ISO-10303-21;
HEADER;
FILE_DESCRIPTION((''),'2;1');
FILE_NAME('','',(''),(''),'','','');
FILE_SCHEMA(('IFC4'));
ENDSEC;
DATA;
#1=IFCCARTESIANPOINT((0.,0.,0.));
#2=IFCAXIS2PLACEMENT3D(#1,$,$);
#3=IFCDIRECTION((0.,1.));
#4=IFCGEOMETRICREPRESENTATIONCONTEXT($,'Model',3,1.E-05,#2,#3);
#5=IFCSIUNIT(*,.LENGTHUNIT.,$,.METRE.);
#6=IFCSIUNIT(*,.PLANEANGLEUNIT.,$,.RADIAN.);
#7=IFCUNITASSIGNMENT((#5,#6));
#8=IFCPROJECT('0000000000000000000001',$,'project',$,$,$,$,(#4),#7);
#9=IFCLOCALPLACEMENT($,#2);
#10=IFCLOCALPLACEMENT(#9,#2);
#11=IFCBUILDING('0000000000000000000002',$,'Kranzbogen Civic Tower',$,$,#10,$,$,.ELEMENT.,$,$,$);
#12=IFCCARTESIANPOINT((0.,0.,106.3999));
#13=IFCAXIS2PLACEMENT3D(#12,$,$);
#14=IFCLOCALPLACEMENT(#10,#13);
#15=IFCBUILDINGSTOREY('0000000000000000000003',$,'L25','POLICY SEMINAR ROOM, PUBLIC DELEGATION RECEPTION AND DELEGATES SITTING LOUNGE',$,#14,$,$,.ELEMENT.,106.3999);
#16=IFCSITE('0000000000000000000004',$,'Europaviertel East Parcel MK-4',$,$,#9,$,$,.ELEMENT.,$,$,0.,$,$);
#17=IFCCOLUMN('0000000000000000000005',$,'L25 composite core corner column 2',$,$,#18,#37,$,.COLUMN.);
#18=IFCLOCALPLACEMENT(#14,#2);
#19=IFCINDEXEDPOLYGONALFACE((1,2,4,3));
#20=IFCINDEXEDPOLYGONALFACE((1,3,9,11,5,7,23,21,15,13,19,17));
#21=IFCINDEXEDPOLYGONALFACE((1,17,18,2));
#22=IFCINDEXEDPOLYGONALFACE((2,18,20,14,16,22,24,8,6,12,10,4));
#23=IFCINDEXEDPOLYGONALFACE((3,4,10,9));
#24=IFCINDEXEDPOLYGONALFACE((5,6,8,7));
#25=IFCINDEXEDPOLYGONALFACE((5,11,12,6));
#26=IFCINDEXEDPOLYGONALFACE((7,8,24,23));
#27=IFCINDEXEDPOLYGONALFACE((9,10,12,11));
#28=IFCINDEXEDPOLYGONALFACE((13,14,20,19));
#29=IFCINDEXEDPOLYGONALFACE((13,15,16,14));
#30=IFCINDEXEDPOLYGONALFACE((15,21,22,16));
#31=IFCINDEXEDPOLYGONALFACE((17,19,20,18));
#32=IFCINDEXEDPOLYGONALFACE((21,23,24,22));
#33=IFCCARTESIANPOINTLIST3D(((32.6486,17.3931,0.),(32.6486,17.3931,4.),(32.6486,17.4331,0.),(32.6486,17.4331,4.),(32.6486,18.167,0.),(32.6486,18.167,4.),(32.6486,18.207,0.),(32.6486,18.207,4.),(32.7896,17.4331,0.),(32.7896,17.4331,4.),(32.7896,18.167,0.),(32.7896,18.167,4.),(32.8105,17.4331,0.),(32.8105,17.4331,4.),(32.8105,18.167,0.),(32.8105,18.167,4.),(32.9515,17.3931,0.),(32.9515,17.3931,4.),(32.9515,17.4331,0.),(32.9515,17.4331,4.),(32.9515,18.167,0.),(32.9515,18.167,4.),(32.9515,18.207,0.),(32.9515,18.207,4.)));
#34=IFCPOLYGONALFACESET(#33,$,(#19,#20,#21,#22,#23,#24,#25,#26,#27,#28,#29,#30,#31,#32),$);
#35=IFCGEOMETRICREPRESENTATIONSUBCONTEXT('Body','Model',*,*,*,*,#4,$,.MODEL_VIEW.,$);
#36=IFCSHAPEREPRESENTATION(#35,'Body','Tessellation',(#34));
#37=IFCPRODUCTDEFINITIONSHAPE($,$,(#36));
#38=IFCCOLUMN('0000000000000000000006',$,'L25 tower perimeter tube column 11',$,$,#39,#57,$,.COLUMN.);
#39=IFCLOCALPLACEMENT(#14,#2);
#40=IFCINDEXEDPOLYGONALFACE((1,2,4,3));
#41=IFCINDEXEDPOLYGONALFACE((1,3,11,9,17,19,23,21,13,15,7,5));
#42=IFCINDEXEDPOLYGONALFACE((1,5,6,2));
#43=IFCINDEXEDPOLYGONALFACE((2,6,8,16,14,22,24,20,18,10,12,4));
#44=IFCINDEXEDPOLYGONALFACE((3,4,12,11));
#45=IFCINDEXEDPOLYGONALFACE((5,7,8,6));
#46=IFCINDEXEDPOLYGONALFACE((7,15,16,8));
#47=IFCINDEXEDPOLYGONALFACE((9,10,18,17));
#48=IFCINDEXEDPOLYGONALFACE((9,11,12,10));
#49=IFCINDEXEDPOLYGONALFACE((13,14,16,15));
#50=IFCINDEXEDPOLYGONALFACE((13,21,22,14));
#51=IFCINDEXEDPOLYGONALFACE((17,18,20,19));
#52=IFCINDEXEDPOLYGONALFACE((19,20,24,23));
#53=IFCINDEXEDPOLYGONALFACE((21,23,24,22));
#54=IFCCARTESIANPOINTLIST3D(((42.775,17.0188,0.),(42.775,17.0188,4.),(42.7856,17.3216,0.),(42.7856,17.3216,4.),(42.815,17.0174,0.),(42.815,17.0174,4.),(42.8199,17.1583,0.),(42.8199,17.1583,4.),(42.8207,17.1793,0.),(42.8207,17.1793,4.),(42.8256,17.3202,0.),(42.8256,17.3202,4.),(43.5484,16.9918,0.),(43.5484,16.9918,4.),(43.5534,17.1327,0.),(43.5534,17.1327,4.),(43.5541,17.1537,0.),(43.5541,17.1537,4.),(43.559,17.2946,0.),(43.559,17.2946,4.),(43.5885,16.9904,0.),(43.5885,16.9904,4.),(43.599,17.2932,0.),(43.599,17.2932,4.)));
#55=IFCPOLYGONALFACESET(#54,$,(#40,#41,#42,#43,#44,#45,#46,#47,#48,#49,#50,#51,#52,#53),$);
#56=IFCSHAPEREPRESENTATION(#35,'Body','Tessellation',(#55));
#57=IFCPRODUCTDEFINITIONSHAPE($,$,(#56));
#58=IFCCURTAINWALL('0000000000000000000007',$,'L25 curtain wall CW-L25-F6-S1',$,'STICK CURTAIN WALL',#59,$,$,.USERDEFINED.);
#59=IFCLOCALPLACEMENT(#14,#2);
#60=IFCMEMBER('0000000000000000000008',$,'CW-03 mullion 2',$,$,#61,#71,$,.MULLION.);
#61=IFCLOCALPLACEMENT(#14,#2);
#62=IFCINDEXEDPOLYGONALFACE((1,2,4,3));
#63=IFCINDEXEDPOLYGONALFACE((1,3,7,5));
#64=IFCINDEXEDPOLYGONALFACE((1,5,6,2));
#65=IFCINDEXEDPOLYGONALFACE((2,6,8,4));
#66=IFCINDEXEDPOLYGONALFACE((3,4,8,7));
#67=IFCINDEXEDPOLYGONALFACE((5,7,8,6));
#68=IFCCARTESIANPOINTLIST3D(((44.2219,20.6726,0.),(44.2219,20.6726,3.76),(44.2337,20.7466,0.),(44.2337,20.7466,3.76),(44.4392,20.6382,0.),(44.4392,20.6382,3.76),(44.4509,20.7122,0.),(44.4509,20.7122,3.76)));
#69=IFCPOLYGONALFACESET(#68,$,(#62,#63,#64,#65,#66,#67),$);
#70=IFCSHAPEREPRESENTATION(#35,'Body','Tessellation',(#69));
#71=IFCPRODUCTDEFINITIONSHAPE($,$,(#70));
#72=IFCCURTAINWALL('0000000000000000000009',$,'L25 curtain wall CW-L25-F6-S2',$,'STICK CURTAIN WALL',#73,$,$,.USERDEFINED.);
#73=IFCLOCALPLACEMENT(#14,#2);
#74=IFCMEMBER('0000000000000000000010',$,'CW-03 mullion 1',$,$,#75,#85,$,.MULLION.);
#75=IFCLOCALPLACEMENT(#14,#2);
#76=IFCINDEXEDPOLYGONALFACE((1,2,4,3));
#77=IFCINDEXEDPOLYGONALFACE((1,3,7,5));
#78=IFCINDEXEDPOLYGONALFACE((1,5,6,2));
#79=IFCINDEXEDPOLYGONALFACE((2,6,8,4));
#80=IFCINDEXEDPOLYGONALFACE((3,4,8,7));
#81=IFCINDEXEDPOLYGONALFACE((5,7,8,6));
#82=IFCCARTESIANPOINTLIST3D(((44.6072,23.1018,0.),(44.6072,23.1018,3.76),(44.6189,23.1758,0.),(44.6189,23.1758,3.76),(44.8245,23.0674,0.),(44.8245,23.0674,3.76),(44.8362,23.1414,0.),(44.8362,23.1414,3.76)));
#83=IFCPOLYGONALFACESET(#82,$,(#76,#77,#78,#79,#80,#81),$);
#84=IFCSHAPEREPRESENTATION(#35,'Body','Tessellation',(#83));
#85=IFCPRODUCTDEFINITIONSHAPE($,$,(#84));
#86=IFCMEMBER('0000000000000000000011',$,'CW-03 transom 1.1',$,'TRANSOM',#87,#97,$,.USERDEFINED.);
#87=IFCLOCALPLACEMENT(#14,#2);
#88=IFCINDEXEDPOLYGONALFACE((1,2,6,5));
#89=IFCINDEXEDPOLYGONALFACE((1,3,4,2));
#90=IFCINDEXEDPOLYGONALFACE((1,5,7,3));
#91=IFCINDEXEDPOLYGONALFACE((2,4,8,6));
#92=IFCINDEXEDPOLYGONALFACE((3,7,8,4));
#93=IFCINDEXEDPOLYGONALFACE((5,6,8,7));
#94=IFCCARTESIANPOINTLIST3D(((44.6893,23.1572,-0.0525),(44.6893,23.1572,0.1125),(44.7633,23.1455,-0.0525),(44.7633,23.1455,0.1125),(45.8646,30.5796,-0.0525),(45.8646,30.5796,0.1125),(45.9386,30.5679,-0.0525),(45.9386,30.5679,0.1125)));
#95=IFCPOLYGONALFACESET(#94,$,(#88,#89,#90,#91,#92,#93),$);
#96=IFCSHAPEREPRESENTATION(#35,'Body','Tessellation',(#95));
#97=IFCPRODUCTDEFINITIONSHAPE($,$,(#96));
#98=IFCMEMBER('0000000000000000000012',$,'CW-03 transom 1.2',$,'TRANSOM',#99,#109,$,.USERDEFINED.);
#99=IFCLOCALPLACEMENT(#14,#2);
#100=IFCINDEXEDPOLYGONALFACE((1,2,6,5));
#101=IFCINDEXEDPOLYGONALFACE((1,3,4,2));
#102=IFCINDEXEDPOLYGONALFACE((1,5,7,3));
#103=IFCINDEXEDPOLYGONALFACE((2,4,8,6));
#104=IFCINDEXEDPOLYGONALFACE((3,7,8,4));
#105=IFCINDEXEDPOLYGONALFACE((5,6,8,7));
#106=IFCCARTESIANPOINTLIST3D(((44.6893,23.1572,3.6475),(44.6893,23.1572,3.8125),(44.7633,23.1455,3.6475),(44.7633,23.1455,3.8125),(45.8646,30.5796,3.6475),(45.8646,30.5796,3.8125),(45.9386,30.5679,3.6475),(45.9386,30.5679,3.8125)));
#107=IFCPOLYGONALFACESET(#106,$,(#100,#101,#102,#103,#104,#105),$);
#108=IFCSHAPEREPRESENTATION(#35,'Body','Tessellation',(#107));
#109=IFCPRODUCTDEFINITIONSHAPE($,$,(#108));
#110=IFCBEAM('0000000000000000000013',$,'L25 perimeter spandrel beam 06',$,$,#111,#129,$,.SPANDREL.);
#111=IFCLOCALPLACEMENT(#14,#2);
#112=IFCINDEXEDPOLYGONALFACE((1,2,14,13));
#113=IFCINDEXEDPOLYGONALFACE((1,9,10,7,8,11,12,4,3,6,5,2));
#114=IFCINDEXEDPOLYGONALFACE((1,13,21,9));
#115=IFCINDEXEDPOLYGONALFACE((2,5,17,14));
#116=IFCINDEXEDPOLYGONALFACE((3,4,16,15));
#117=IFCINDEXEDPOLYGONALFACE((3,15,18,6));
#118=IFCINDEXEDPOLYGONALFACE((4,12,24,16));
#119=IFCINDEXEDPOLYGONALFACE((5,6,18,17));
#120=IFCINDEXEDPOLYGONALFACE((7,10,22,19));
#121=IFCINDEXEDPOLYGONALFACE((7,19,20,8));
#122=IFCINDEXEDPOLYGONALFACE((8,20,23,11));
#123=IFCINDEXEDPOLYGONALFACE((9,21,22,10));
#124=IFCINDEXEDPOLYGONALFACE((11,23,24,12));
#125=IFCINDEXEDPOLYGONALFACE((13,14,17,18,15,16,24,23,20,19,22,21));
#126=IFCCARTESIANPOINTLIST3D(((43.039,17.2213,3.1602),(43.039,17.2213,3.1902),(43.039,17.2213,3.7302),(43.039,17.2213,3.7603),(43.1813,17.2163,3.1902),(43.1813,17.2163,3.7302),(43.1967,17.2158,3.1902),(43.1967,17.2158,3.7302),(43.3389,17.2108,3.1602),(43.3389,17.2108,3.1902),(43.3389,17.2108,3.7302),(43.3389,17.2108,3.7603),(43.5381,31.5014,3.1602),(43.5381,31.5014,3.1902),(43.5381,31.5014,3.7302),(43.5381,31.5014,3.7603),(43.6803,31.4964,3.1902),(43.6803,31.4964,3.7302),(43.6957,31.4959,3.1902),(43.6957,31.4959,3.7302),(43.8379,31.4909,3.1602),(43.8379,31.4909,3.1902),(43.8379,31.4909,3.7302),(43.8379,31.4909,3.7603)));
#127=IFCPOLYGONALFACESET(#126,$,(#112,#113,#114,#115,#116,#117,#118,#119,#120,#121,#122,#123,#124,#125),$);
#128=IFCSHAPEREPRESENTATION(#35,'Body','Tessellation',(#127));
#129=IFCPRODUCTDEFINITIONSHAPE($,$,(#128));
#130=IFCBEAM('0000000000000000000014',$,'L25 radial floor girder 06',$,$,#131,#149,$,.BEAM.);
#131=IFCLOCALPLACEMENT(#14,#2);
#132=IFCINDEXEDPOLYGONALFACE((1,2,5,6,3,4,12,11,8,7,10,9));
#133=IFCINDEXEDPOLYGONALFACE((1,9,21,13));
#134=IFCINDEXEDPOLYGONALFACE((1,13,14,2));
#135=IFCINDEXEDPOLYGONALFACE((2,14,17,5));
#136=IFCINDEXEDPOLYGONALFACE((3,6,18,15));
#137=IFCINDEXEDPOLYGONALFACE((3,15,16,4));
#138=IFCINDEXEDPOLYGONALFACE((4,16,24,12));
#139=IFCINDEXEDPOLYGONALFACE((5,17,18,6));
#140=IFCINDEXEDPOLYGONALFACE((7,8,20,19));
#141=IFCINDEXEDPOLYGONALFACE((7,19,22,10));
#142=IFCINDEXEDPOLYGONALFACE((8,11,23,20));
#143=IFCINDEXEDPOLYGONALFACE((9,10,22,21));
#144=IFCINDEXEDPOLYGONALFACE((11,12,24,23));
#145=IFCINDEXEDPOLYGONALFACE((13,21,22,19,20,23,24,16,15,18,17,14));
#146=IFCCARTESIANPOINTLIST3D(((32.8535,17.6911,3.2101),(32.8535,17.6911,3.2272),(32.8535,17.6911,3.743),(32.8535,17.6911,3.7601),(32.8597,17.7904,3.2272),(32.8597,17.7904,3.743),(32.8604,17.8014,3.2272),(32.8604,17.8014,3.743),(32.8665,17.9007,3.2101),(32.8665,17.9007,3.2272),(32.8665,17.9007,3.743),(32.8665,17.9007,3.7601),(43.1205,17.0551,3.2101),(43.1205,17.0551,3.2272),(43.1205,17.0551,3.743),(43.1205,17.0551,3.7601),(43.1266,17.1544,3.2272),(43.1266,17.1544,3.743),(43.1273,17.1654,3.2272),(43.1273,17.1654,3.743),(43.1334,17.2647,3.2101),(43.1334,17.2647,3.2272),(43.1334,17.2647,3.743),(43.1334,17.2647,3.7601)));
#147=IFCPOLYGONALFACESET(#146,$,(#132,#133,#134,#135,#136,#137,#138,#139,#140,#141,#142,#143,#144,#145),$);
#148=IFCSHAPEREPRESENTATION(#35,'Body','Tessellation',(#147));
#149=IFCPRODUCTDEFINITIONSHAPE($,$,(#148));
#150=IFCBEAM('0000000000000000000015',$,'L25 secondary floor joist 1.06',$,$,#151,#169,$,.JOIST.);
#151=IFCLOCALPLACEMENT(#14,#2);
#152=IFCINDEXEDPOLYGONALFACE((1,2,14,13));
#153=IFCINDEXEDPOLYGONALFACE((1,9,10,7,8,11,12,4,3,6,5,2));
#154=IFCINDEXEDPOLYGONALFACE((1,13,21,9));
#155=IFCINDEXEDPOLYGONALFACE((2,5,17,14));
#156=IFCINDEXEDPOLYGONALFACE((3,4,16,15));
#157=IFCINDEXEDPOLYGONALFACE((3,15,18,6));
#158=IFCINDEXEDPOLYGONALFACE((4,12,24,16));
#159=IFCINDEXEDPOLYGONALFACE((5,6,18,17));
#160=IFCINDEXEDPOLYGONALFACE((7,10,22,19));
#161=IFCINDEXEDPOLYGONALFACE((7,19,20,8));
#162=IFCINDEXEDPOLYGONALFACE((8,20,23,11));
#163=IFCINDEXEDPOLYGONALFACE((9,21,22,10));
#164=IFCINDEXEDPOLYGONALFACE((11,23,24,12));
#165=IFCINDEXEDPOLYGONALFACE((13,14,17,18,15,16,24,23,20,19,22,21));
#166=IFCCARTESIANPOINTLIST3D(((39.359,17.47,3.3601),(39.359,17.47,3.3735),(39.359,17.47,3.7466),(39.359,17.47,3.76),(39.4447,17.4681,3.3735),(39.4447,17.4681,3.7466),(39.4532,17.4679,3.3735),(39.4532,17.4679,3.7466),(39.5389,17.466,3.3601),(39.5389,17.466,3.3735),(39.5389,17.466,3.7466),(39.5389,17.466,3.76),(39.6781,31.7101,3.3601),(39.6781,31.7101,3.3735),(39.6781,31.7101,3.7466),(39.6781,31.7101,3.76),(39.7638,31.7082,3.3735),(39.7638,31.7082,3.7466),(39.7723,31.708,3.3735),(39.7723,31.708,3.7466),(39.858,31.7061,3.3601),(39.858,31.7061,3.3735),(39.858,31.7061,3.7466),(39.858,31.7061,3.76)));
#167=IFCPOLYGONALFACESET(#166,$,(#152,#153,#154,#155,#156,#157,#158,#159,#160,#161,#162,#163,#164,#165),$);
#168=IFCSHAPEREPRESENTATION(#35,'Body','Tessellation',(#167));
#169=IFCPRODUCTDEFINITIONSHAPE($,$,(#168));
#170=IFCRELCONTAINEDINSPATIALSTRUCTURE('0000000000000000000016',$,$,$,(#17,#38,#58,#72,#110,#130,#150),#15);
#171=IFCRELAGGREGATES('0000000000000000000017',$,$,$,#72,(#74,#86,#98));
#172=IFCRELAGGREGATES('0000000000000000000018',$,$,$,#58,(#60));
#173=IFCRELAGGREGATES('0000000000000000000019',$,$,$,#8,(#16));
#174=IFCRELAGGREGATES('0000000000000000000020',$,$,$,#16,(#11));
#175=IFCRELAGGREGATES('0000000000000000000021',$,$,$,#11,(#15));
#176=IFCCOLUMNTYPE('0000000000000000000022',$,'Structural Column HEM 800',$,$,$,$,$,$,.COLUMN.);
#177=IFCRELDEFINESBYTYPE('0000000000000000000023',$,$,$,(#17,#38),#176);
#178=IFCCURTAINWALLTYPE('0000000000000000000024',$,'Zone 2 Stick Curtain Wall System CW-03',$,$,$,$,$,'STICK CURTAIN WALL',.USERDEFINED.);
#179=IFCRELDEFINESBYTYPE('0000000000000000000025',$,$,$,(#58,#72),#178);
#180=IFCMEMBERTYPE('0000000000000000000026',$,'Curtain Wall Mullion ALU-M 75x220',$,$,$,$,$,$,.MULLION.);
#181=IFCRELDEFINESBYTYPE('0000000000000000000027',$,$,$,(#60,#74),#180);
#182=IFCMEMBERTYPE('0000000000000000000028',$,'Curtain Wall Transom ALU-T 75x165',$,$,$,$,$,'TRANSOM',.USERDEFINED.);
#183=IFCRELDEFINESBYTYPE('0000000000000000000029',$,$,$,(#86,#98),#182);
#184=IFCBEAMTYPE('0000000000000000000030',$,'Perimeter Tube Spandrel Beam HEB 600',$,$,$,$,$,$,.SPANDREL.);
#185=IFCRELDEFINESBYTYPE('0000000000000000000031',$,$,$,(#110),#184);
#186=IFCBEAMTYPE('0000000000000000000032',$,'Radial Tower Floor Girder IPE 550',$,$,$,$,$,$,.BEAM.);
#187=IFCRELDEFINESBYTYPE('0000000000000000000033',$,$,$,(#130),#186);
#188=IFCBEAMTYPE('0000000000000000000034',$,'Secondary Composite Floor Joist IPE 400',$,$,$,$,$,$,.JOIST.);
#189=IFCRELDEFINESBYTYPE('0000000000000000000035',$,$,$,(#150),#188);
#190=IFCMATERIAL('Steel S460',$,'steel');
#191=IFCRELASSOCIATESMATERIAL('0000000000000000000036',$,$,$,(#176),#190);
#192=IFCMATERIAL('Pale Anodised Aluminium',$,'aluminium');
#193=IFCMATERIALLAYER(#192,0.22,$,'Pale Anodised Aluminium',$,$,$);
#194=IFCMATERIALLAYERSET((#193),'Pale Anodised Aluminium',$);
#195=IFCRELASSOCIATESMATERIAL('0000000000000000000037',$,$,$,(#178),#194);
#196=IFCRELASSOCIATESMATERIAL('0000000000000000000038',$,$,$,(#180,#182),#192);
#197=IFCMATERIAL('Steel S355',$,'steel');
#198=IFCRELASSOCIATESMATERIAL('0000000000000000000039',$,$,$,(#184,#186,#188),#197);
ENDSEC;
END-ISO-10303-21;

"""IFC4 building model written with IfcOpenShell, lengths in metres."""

from ifc_helpers import new_model, si_unit, direction, frame, origin, origin_2d, place, context, subcontext, project, spatial, rectangle, i_section, extrude, material, layer, layer_set, material_profile, profile_set, type_object, element, aggregate, save


model = new_model("IFC4")

# Units and contexts
model_context = context("Model", 3, precision=1e-05, world=origin(), true_north=direction((0.0, 1.0)))
body_context = subcontext(model_context, "Body", "Model", "MODEL_VIEW")
ifc_project = project(units=[si_unit("LENGTHUNIT", "METRE"), si_unit("PLANEANGLEUNIT", "RADIAN")], contexts=[model_context])

# Site, building, storey
site_placement = place(None, origin())
site = spatial("IfcSite", under=ifc_project, at=site_placement, Name="Europaviertel East Parcel MK-4", CompositionType="ELEMENT", RefElevation=0.0)
building_placement = place(site_placement, origin())
building = spatial("IfcBuilding", under=site, at=building_placement, Name="Kranzbogen Civic Tower", CompositionType="ELEMENT")
storey_placement = place(building_placement, frame((0.0, 0.0, 106.3999)))
storey = spatial("IfcBuildingStorey", under=building, at=storey_placement, Name="L25", Description="POLICY SEMINAR ROOM, PUBLIC DELEGATION RECEPTION AND DELEGATES SITTING LOUNGE", CompositionType="ELEMENT", Elevation=106.3999)

# Columns
ifc_material_1 = material(Name="Steel S460", Category="steel")
ifc_material_profile_1 = material_profile(ifc_material_1, i_section(OverallWidth=0.303, OverallDepth=0.814, WebThickness=0.021, FlangeThickness=0.04, at=origin_2d()), Name="HEM 800")
ifc_profile_set_1 = profile_set([ifc_material_profile_1], Name="Steel S460")
column_type = type_object("IfcColumnType", Name="Structural Column HEM 800", PredefinedType="COLUMN", material=ifc_profile_set_1)
for number, where, z_axis, x_axis, name in (
    (1, (32.8, 17.8, 0.0), (0.0, 0.0, 1.0), (1.0, 0.0, 0.0), "L25 composite core corner column 2"),
    (2, (43.187, 17.156, 0.0), (0.0, 0.0, 1.0), (0.034899, 0.999391, 0.0), "L25 tower perimeter tube column 11"),
):
    element("IfcColumn", number, at=place(storey_placement, frame(where, z_axis=z_axis, x_axis=x_axis)), inside=storey, type_object=column_type, Name=name, PredefinedType="COLUMN", context=body_context, shape_type="SweptSolid", body=[
        extrude(i_section(OverallWidth=0.303, OverallDepth=0.814, WebThickness=0.021, FlangeThickness=0.04, at=origin_2d()), origin(), (0.0, 0.0, 1.0), 4.0),
    ])

# Curtain wall, member
ifc_material_2 = material(Name="Pale Anodised Aluminium", Category="aluminium")
ifc_layer_1 = layer(ifc_material_2, 0.22, Name="Pale Anodised Aluminium")
ifc_layer_set_1 = layer_set([ifc_layer_1], Name="Pale Anodised Aluminium")
curtain_wall_type = type_object("IfcCurtainWallType", Name="Zone 2 Stick Curtain Wall System CW-03", ElementType="STICK CURTAIN WALL", PredefinedType="USERDEFINED", material=ifc_layer_set_1)
curtain_wall_1_placement = place(storey_placement, origin())
curtain_wall_1 = element("IfcCurtainWall", 3, at=curtain_wall_1_placement, inside=storey, type_object=curtain_wall_type, Name="L25 curtain wall CW-L25-F6-S1", ObjectType="STICK CURTAIN WALL", PredefinedType="USERDEFINED")
ifc_material_profile_2 = material_profile(ifc_material_2, rectangle(XDim=0.075, YDim=0.22, at=origin_2d()), Name="ALU-M 75x220")
ifc_profile_set_2 = profile_set([ifc_material_profile_2], Name="Pale Anodised Aluminium")
member_type_1 = type_object("IfcMemberType", Name="Curtain Wall Mullion ALU-M 75x220", PredefinedType="MULLION", material=ifc_profile_set_2)
member_1_placement = place(storey_placement, frame((44.3364, 20.6924, 0.0), z_axis=(0.0, 0.0, 1.0), x_axis=(0.156386, 0.987696, 0.0)))
member_1 = element("IfcMember", 4, at=member_1_placement, type_object=member_type_1, Name="CW-03 mullion 2", PredefinedType="MULLION", context=body_context, shape_type="SweptSolid", body=[
    extrude(rectangle(XDim=0.075, YDim=0.22, at=origin_2d()), origin(), (0.0, 0.0, 1.0), 3.76),
])

# Curtain wall, members
curtain_wall_2_placement = place(storey_placement, origin())
curtain_wall_2 = element("IfcCurtainWall", 5, at=curtain_wall_2_placement, inside=storey, type_object=curtain_wall_type, Name="L25 curtain wall CW-L25-F6-S2", ObjectType="STICK CURTAIN WALL", PredefinedType="USERDEFINED")
member_2_placement = place(storey_placement, frame((44.7217, 23.1216, 0.0), z_axis=(0.0, 0.0, 1.0), x_axis=(0.156386, 0.987696, 0.0)))
member_2 = element("IfcMember", 6, at=member_2_placement, type_object=member_type_1, Name="CW-03 mullion 1", PredefinedType="MULLION", context=body_context, shape_type="SweptSolid", body=[
    extrude(rectangle(XDim=0.075, YDim=0.22, at=origin_2d()), origin(), (0.0, 0.0, 1.0), 3.76),
])
ifc_material_profile_3 = material_profile(ifc_material_2, rectangle(XDim=0.075, YDim=0.165, at=origin_2d()), Name="ALU-T 75x165")
ifc_profile_set_3 = profile_set([ifc_material_profile_3], Name="Pale Anodised Aluminium")
member_type_2 = type_object("IfcMemberType", Name="Curtain Wall Transom ALU-T 75x165", ElementType="TRANSOM", PredefinedType="USERDEFINED", material=ifc_profile_set_3)
member_3_placement = place(storey_placement, frame((44.7263, 23.1514, 0.03), z_axis=(0.156396, 0.987694, 0.0), x_axis=(-0.987694, 0.156396, 0.0)))
member_3 = element("IfcMember", 7, at=member_3_placement, type_object=member_type_2, Name="CW-03 transom 1.1", ObjectType="TRANSOM", PredefinedType="USERDEFINED", context=body_context, shape_type="SweptSolid", body=[
    extrude(rectangle(XDim=0.075, YDim=0.165, at=origin_2d()), origin(), (0.0, 0.0, 1.0), 7.5149),
])
member_4_placement = place(storey_placement, frame((44.7263, 23.1514, 3.73), z_axis=(0.156396, 0.987694, 0.0), x_axis=(-0.987694, 0.156396, 0.0)))
member_4 = element("IfcMember", 8, at=member_4_placement, type_object=member_type_2, Name="CW-03 transom 1.2", ObjectType="TRANSOM", PredefinedType="USERDEFINED", context=body_context, shape_type="SweptSolid", body=[
    extrude(rectangle(XDim=0.075, YDim=0.165, at=origin_2d()), origin(), (0.0, 0.0, 1.0), 7.5149),
])
aggregate(curtain_wall_2, [member_2, member_3, member_4])

# Beams
ifc_material_3 = material(Name="Steel S355", Category="steel")
ifc_material_profile_4 = material_profile(ifc_material_3, i_section(OverallWidth=0.3, OverallDepth=0.6001, WebThickness=0.0154, FlangeThickness=0.03, at=origin_2d()), Name="HEB 600")
ifc_profile_set_4 = profile_set([ifc_material_profile_4], Name="Steel S355")
beam_type_1 = type_object("IfcBeamType", Name="Perimeter Tube Spandrel Beam HEB 600", PredefinedType="SPANDREL", material=ifc_profile_set_4)
beam_1_placement = place(storey_placement, frame((43.189, 17.2161, 3.4602), z_axis=(0.034924, 0.99939, 0.0), x_axis=(-0.99939, 0.034924, 0.0)))
element("IfcBeam", 9, at=beam_1_placement, inside=storey, type_object=beam_type_1, Name="L25 perimeter spandrel beam 06", PredefinedType="SPANDREL", context=body_context, shape_type="SweptSolid", body=[
    extrude(i_section(OverallWidth=0.3, OverallDepth=0.6001, WebThickness=0.0154, FlangeThickness=0.03, at=origin_2d()), origin(), (0.0, 0.0, 1.0), 14.2888),
])
ifc_material_profile_5 = material_profile(ifc_material_3, i_section(OverallWidth=0.21, OverallDepth=0.55, WebThickness=0.011, FlangeThickness=0.0171, at=origin_2d()), Name="IPE 550")
ifc_profile_set_5 = profile_set([ifc_material_profile_5], Name="Steel S355")
beam_type_2 = type_object("IfcBeamType", Name="Radial Tower Floor Girder IPE 550", PredefinedType="BEAM", material=ifc_profile_set_5)
beam_2_placement = place(storey_placement, frame((43.127, 17.1599, 3.4851), z_axis=(-0.998087, 0.061827, 0.0), x_axis=(-0.061827, -0.998087, 0.0)))
element("IfcBeam", 10, at=beam_2_placement, inside=storey, type_object=beam_type_2, Name="L25 radial floor girder 06", PredefinedType="BEAM", context=body_context, shape_type="SweptSolid", body=[
    extrude(i_section(OverallWidth=0.21, OverallDepth=0.55, WebThickness=0.011, FlangeThickness=0.0171, at=origin_2d()), origin(), (0.0, 0.0, 1.0), 10.2866),
])
ifc_material_profile_6 = material_profile(ifc_material_3, i_section(OverallWidth=0.1799, OverallDepth=0.3999, WebThickness=0.0085, FlangeThickness=0.0134, at=origin_2d()), Name="IPE 400")
ifc_profile_set_6 = profile_set([ifc_material_profile_6], Name="Steel S355")
beam_type_3 = type_object("IfcBeamType", Name="Secondary Composite Floor Joist IPE 400", PredefinedType="JOIST", material=ifc_profile_set_6)
beam_3_placement = place(storey_placement, frame((39.449, 17.468, 3.5601), z_axis=(0.022403, 0.999749, 0.0), x_axis=(-0.999749, 0.022403, 0.0)))
element("IfcBeam", 11, at=beam_3_placement, inside=storey, type_object=beam_type_3, Name="L25 secondary floor joist 1.06", PredefinedType="JOIST", context=body_context, shape_type="SweptSolid", body=[
    extrude(i_section(OverallWidth=0.1799, OverallDepth=0.3999, WebThickness=0.0085, FlangeThickness=0.0134, at=origin_2d()), origin(), (0.0, 0.0, 1.0), 14.2437),
])

aggregate(curtain_wall_1, [member_1])

save(model, "model.ifc")
